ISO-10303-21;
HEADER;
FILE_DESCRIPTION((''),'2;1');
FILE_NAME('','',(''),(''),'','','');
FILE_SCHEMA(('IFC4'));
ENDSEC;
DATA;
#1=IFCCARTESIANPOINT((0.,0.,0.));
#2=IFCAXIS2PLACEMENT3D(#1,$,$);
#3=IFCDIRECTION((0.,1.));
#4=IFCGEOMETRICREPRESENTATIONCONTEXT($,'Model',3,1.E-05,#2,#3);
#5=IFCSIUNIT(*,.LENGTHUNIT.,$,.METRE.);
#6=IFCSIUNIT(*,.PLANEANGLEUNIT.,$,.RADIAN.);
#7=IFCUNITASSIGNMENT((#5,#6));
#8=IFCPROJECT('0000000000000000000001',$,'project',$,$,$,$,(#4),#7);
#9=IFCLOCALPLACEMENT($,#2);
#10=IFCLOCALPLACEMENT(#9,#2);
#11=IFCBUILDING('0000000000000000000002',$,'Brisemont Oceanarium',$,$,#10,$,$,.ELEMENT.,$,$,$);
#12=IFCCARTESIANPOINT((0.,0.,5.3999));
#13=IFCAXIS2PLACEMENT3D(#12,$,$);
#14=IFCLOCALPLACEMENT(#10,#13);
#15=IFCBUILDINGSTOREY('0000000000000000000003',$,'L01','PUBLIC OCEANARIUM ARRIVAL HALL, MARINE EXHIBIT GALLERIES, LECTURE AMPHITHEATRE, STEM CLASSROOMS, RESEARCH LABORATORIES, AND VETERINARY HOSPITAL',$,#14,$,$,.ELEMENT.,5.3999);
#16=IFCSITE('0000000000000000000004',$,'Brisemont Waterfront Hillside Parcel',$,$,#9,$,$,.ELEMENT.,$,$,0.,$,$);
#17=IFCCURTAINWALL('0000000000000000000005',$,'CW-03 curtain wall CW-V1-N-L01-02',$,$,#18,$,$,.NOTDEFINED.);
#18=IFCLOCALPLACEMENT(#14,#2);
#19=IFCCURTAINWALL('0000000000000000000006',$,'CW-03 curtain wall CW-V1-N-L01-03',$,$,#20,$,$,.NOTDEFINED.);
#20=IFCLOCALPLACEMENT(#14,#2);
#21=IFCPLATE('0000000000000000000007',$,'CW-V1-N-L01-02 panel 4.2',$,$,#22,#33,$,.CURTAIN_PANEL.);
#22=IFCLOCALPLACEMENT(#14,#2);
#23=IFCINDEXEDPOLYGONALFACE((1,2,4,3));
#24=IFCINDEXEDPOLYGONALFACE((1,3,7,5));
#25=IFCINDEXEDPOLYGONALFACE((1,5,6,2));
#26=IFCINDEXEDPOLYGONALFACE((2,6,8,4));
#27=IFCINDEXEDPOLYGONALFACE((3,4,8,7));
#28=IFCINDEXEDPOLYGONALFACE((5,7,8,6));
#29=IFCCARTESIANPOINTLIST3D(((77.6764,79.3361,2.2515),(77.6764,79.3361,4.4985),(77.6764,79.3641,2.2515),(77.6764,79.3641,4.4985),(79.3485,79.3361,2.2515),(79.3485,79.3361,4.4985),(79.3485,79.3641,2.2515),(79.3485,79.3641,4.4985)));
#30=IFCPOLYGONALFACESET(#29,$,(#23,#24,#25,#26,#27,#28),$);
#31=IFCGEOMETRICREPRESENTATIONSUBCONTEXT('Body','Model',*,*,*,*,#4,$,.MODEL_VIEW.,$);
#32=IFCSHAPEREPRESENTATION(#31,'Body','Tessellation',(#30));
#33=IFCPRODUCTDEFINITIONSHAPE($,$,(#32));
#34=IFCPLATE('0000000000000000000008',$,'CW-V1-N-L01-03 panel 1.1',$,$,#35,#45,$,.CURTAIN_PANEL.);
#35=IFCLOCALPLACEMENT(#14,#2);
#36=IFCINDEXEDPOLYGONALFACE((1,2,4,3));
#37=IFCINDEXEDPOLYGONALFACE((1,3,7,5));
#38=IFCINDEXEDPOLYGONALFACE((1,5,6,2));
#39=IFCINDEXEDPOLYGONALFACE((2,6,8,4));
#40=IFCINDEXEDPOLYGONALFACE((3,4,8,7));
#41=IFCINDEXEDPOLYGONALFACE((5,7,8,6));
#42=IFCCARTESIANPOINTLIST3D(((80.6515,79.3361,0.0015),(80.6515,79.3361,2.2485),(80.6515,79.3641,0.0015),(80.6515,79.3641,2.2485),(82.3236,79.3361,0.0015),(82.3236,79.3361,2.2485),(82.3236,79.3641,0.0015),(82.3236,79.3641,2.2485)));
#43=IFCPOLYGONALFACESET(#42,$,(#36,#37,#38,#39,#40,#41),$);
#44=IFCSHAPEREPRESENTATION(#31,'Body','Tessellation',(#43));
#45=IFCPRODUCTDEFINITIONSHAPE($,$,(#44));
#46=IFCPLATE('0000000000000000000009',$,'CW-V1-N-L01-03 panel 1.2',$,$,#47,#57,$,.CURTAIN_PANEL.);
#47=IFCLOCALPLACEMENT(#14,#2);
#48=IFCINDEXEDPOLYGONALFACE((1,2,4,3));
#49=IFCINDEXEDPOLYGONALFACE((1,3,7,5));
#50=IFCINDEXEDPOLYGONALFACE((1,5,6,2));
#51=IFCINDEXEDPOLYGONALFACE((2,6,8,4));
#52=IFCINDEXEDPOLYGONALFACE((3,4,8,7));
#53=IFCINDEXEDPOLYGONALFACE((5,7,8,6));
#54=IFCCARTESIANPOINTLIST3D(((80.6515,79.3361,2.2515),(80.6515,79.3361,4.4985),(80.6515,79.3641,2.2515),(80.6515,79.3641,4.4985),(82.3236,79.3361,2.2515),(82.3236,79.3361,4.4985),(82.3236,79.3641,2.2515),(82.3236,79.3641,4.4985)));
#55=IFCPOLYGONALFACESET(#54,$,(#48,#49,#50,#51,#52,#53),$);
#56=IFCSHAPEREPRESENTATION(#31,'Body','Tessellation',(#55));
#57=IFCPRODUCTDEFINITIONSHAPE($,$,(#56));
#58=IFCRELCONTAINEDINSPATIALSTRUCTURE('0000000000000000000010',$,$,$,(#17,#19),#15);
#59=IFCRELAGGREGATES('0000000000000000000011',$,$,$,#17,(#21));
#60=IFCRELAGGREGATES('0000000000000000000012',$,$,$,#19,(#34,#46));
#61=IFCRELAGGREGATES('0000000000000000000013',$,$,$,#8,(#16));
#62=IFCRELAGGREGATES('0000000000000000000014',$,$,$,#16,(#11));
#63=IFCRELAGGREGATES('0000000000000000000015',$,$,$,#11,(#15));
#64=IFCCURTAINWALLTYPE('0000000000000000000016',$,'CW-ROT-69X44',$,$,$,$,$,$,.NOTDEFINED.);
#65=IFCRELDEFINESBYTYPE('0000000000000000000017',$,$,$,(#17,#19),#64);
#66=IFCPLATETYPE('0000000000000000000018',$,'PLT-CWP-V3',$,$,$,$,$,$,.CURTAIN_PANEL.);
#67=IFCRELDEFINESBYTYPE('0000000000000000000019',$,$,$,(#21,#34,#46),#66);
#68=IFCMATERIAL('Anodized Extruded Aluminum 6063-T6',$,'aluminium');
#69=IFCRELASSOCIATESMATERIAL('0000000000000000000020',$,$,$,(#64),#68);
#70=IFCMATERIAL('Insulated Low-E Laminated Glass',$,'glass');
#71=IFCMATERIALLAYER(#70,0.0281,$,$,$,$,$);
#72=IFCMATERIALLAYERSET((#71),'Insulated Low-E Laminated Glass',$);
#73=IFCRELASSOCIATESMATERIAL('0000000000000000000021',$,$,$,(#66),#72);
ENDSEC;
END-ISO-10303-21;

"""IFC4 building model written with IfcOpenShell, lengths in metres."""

from ifc_helpers import new_model, si_unit, direction, frame, origin, origin_2d, place, context, subcontext, project, spatial, rectangle, extrude, material, layer, layer_set, type_object, element, aggregate, save


model = new_model("IFC4")

# Units and contexts
model_context = context("Model", 3, precision=1e-05, world=origin(), true_north=direction((0.0, 1.0)))
body_context = subcontext(model_context, "Body", "Model", "MODEL_VIEW")
ifc_project = project(units=[si_unit("LENGTHUNIT", "METRE"), si_unit("PLANEANGLEUNIT", "RADIAN")], contexts=[model_context])

# Site, building, storey
site_placement = place(None, origin())
site = spatial("IfcSite", under=ifc_project, at=site_placement, Name="Brisemont Waterfront Hillside Parcel", CompositionType="ELEMENT", RefElevation=0.0)
building_placement = place(site_placement, origin())
building = spatial("IfcBuilding", under=site, at=building_placement, Name="Brisemont Oceanarium", CompositionType="ELEMENT")
storey_placement = place(building_placement, frame((0.0, 0.0, 5.3999)))
storey = spatial("IfcBuildingStorey", under=building, at=storey_placement, Name="L01", Description="PUBLIC OCEANARIUM ARRIVAL HALL, MARINE EXHIBIT GALLERIES, LECTURE AMPHITHEATRE, STEM CLASSROOMS, RESEARCH LABORATORIES, AND VETERINARY HOSPITAL", CompositionType="ELEMENT", Elevation=5.3999)

# Shared definitions
ifc_material_1 = material(Name="Anodized Extruded Aluminum 6063-T6", Category="aluminium")
curtain_wall_type = type_object("IfcCurtainWallType", Name="CW-ROT-69X44", PredefinedType="NOTDEFINED", material=ifc_material_1)

# Curtain walls
curtain_wall_1_placement = place(storey_placement, origin())
curtain_wall_1 = element("IfcCurtainWall", 1, at=curtain_wall_1_placement, inside=storey, type_object=curtain_wall_type, Name="CW-03 curtain wall CW-V1-N-L01-02", PredefinedType="NOTDEFINED")
curtain_wall_2_placement = place(storey_placement, origin())
curtain_wall_2 = element("IfcCurtainWall", 2, at=curtain_wall_2_placement, inside=storey, type_object=curtain_wall_type, Name="CW-03 curtain wall CW-V1-N-L01-03", PredefinedType="NOTDEFINED")

# Plates
ifc_material_2 = material(Name="Insulated Low-E Laminated Glass", Category="glass")
ifc_layer = layer(ifc_material_2, 0.0281)
ifc_layer_set = layer_set([ifc_layer], Name="Insulated Low-E Laminated Glass")
plate_type = type_object("IfcPlateType", Name="PLT-CWP-V3", PredefinedType="CURTAIN_PANEL", material=ifc_layer_set)
plate_1_placement = place(storey_placement, frame((78.5125, 79.3501, 2.2515), z_axis=(0.0, 0.0, 1.0), x_axis=(1.0, 0.0, 0.0)))
plate_1 = element("IfcPlate", 3, at=plate_1_placement, type_object=plate_type, Name="CW-V1-N-L01-02 panel 4.2", PredefinedType="CURTAIN_PANEL", context=body_context, shape_type="SweptSolid", body=[
    extrude(rectangle(XDim=1.6721, YDim=0.0281, at=origin_2d()), origin(), (0.0, 0.0, 1.0), 2.2471),
])
aggregate(curtain_wall_1, [plate_1])
plate_2_placement = place(storey_placement, frame((81.4875, 79.3501, 0.0015), z_axis=(0.0, 0.0, 1.0), x_axis=(1.0, 0.0, 0.0)))
plate_2 = element("IfcPlate", 4, at=plate_2_placement, type_object=plate_type, Name="CW-V1-N-L01-03 panel 1.1", PredefinedType="CURTAIN_PANEL", context=body_context, shape_type="SweptSolid", body=[
    extrude(rectangle(XDim=1.6721, YDim=0.0281, at=origin_2d()), origin(), (0.0, 0.0, 1.0), 2.2471),
])
plate_3_placement = place(storey_placement, frame((81.4875, 79.3501, 2.2515), z_axis=(0.0, 0.0, 1.0), x_axis=(1.0, 0.0, 0.0)))
plate_3 = element("IfcPlate", 5, at=plate_3_placement, type_object=plate_type, Name="CW-V1-N-L01-03 panel 1.2", PredefinedType="CURTAIN_PANEL", context=body_context, shape_type="SweptSolid", body=[
    extrude(rectangle(XDim=1.6721, YDim=0.0281, at=origin_2d()), origin(), (0.0, 0.0, 1.0), 2.2471),
])
aggregate(curtain_wall_2, [plate_2, plate_3])

save(model, "model.ifc")
